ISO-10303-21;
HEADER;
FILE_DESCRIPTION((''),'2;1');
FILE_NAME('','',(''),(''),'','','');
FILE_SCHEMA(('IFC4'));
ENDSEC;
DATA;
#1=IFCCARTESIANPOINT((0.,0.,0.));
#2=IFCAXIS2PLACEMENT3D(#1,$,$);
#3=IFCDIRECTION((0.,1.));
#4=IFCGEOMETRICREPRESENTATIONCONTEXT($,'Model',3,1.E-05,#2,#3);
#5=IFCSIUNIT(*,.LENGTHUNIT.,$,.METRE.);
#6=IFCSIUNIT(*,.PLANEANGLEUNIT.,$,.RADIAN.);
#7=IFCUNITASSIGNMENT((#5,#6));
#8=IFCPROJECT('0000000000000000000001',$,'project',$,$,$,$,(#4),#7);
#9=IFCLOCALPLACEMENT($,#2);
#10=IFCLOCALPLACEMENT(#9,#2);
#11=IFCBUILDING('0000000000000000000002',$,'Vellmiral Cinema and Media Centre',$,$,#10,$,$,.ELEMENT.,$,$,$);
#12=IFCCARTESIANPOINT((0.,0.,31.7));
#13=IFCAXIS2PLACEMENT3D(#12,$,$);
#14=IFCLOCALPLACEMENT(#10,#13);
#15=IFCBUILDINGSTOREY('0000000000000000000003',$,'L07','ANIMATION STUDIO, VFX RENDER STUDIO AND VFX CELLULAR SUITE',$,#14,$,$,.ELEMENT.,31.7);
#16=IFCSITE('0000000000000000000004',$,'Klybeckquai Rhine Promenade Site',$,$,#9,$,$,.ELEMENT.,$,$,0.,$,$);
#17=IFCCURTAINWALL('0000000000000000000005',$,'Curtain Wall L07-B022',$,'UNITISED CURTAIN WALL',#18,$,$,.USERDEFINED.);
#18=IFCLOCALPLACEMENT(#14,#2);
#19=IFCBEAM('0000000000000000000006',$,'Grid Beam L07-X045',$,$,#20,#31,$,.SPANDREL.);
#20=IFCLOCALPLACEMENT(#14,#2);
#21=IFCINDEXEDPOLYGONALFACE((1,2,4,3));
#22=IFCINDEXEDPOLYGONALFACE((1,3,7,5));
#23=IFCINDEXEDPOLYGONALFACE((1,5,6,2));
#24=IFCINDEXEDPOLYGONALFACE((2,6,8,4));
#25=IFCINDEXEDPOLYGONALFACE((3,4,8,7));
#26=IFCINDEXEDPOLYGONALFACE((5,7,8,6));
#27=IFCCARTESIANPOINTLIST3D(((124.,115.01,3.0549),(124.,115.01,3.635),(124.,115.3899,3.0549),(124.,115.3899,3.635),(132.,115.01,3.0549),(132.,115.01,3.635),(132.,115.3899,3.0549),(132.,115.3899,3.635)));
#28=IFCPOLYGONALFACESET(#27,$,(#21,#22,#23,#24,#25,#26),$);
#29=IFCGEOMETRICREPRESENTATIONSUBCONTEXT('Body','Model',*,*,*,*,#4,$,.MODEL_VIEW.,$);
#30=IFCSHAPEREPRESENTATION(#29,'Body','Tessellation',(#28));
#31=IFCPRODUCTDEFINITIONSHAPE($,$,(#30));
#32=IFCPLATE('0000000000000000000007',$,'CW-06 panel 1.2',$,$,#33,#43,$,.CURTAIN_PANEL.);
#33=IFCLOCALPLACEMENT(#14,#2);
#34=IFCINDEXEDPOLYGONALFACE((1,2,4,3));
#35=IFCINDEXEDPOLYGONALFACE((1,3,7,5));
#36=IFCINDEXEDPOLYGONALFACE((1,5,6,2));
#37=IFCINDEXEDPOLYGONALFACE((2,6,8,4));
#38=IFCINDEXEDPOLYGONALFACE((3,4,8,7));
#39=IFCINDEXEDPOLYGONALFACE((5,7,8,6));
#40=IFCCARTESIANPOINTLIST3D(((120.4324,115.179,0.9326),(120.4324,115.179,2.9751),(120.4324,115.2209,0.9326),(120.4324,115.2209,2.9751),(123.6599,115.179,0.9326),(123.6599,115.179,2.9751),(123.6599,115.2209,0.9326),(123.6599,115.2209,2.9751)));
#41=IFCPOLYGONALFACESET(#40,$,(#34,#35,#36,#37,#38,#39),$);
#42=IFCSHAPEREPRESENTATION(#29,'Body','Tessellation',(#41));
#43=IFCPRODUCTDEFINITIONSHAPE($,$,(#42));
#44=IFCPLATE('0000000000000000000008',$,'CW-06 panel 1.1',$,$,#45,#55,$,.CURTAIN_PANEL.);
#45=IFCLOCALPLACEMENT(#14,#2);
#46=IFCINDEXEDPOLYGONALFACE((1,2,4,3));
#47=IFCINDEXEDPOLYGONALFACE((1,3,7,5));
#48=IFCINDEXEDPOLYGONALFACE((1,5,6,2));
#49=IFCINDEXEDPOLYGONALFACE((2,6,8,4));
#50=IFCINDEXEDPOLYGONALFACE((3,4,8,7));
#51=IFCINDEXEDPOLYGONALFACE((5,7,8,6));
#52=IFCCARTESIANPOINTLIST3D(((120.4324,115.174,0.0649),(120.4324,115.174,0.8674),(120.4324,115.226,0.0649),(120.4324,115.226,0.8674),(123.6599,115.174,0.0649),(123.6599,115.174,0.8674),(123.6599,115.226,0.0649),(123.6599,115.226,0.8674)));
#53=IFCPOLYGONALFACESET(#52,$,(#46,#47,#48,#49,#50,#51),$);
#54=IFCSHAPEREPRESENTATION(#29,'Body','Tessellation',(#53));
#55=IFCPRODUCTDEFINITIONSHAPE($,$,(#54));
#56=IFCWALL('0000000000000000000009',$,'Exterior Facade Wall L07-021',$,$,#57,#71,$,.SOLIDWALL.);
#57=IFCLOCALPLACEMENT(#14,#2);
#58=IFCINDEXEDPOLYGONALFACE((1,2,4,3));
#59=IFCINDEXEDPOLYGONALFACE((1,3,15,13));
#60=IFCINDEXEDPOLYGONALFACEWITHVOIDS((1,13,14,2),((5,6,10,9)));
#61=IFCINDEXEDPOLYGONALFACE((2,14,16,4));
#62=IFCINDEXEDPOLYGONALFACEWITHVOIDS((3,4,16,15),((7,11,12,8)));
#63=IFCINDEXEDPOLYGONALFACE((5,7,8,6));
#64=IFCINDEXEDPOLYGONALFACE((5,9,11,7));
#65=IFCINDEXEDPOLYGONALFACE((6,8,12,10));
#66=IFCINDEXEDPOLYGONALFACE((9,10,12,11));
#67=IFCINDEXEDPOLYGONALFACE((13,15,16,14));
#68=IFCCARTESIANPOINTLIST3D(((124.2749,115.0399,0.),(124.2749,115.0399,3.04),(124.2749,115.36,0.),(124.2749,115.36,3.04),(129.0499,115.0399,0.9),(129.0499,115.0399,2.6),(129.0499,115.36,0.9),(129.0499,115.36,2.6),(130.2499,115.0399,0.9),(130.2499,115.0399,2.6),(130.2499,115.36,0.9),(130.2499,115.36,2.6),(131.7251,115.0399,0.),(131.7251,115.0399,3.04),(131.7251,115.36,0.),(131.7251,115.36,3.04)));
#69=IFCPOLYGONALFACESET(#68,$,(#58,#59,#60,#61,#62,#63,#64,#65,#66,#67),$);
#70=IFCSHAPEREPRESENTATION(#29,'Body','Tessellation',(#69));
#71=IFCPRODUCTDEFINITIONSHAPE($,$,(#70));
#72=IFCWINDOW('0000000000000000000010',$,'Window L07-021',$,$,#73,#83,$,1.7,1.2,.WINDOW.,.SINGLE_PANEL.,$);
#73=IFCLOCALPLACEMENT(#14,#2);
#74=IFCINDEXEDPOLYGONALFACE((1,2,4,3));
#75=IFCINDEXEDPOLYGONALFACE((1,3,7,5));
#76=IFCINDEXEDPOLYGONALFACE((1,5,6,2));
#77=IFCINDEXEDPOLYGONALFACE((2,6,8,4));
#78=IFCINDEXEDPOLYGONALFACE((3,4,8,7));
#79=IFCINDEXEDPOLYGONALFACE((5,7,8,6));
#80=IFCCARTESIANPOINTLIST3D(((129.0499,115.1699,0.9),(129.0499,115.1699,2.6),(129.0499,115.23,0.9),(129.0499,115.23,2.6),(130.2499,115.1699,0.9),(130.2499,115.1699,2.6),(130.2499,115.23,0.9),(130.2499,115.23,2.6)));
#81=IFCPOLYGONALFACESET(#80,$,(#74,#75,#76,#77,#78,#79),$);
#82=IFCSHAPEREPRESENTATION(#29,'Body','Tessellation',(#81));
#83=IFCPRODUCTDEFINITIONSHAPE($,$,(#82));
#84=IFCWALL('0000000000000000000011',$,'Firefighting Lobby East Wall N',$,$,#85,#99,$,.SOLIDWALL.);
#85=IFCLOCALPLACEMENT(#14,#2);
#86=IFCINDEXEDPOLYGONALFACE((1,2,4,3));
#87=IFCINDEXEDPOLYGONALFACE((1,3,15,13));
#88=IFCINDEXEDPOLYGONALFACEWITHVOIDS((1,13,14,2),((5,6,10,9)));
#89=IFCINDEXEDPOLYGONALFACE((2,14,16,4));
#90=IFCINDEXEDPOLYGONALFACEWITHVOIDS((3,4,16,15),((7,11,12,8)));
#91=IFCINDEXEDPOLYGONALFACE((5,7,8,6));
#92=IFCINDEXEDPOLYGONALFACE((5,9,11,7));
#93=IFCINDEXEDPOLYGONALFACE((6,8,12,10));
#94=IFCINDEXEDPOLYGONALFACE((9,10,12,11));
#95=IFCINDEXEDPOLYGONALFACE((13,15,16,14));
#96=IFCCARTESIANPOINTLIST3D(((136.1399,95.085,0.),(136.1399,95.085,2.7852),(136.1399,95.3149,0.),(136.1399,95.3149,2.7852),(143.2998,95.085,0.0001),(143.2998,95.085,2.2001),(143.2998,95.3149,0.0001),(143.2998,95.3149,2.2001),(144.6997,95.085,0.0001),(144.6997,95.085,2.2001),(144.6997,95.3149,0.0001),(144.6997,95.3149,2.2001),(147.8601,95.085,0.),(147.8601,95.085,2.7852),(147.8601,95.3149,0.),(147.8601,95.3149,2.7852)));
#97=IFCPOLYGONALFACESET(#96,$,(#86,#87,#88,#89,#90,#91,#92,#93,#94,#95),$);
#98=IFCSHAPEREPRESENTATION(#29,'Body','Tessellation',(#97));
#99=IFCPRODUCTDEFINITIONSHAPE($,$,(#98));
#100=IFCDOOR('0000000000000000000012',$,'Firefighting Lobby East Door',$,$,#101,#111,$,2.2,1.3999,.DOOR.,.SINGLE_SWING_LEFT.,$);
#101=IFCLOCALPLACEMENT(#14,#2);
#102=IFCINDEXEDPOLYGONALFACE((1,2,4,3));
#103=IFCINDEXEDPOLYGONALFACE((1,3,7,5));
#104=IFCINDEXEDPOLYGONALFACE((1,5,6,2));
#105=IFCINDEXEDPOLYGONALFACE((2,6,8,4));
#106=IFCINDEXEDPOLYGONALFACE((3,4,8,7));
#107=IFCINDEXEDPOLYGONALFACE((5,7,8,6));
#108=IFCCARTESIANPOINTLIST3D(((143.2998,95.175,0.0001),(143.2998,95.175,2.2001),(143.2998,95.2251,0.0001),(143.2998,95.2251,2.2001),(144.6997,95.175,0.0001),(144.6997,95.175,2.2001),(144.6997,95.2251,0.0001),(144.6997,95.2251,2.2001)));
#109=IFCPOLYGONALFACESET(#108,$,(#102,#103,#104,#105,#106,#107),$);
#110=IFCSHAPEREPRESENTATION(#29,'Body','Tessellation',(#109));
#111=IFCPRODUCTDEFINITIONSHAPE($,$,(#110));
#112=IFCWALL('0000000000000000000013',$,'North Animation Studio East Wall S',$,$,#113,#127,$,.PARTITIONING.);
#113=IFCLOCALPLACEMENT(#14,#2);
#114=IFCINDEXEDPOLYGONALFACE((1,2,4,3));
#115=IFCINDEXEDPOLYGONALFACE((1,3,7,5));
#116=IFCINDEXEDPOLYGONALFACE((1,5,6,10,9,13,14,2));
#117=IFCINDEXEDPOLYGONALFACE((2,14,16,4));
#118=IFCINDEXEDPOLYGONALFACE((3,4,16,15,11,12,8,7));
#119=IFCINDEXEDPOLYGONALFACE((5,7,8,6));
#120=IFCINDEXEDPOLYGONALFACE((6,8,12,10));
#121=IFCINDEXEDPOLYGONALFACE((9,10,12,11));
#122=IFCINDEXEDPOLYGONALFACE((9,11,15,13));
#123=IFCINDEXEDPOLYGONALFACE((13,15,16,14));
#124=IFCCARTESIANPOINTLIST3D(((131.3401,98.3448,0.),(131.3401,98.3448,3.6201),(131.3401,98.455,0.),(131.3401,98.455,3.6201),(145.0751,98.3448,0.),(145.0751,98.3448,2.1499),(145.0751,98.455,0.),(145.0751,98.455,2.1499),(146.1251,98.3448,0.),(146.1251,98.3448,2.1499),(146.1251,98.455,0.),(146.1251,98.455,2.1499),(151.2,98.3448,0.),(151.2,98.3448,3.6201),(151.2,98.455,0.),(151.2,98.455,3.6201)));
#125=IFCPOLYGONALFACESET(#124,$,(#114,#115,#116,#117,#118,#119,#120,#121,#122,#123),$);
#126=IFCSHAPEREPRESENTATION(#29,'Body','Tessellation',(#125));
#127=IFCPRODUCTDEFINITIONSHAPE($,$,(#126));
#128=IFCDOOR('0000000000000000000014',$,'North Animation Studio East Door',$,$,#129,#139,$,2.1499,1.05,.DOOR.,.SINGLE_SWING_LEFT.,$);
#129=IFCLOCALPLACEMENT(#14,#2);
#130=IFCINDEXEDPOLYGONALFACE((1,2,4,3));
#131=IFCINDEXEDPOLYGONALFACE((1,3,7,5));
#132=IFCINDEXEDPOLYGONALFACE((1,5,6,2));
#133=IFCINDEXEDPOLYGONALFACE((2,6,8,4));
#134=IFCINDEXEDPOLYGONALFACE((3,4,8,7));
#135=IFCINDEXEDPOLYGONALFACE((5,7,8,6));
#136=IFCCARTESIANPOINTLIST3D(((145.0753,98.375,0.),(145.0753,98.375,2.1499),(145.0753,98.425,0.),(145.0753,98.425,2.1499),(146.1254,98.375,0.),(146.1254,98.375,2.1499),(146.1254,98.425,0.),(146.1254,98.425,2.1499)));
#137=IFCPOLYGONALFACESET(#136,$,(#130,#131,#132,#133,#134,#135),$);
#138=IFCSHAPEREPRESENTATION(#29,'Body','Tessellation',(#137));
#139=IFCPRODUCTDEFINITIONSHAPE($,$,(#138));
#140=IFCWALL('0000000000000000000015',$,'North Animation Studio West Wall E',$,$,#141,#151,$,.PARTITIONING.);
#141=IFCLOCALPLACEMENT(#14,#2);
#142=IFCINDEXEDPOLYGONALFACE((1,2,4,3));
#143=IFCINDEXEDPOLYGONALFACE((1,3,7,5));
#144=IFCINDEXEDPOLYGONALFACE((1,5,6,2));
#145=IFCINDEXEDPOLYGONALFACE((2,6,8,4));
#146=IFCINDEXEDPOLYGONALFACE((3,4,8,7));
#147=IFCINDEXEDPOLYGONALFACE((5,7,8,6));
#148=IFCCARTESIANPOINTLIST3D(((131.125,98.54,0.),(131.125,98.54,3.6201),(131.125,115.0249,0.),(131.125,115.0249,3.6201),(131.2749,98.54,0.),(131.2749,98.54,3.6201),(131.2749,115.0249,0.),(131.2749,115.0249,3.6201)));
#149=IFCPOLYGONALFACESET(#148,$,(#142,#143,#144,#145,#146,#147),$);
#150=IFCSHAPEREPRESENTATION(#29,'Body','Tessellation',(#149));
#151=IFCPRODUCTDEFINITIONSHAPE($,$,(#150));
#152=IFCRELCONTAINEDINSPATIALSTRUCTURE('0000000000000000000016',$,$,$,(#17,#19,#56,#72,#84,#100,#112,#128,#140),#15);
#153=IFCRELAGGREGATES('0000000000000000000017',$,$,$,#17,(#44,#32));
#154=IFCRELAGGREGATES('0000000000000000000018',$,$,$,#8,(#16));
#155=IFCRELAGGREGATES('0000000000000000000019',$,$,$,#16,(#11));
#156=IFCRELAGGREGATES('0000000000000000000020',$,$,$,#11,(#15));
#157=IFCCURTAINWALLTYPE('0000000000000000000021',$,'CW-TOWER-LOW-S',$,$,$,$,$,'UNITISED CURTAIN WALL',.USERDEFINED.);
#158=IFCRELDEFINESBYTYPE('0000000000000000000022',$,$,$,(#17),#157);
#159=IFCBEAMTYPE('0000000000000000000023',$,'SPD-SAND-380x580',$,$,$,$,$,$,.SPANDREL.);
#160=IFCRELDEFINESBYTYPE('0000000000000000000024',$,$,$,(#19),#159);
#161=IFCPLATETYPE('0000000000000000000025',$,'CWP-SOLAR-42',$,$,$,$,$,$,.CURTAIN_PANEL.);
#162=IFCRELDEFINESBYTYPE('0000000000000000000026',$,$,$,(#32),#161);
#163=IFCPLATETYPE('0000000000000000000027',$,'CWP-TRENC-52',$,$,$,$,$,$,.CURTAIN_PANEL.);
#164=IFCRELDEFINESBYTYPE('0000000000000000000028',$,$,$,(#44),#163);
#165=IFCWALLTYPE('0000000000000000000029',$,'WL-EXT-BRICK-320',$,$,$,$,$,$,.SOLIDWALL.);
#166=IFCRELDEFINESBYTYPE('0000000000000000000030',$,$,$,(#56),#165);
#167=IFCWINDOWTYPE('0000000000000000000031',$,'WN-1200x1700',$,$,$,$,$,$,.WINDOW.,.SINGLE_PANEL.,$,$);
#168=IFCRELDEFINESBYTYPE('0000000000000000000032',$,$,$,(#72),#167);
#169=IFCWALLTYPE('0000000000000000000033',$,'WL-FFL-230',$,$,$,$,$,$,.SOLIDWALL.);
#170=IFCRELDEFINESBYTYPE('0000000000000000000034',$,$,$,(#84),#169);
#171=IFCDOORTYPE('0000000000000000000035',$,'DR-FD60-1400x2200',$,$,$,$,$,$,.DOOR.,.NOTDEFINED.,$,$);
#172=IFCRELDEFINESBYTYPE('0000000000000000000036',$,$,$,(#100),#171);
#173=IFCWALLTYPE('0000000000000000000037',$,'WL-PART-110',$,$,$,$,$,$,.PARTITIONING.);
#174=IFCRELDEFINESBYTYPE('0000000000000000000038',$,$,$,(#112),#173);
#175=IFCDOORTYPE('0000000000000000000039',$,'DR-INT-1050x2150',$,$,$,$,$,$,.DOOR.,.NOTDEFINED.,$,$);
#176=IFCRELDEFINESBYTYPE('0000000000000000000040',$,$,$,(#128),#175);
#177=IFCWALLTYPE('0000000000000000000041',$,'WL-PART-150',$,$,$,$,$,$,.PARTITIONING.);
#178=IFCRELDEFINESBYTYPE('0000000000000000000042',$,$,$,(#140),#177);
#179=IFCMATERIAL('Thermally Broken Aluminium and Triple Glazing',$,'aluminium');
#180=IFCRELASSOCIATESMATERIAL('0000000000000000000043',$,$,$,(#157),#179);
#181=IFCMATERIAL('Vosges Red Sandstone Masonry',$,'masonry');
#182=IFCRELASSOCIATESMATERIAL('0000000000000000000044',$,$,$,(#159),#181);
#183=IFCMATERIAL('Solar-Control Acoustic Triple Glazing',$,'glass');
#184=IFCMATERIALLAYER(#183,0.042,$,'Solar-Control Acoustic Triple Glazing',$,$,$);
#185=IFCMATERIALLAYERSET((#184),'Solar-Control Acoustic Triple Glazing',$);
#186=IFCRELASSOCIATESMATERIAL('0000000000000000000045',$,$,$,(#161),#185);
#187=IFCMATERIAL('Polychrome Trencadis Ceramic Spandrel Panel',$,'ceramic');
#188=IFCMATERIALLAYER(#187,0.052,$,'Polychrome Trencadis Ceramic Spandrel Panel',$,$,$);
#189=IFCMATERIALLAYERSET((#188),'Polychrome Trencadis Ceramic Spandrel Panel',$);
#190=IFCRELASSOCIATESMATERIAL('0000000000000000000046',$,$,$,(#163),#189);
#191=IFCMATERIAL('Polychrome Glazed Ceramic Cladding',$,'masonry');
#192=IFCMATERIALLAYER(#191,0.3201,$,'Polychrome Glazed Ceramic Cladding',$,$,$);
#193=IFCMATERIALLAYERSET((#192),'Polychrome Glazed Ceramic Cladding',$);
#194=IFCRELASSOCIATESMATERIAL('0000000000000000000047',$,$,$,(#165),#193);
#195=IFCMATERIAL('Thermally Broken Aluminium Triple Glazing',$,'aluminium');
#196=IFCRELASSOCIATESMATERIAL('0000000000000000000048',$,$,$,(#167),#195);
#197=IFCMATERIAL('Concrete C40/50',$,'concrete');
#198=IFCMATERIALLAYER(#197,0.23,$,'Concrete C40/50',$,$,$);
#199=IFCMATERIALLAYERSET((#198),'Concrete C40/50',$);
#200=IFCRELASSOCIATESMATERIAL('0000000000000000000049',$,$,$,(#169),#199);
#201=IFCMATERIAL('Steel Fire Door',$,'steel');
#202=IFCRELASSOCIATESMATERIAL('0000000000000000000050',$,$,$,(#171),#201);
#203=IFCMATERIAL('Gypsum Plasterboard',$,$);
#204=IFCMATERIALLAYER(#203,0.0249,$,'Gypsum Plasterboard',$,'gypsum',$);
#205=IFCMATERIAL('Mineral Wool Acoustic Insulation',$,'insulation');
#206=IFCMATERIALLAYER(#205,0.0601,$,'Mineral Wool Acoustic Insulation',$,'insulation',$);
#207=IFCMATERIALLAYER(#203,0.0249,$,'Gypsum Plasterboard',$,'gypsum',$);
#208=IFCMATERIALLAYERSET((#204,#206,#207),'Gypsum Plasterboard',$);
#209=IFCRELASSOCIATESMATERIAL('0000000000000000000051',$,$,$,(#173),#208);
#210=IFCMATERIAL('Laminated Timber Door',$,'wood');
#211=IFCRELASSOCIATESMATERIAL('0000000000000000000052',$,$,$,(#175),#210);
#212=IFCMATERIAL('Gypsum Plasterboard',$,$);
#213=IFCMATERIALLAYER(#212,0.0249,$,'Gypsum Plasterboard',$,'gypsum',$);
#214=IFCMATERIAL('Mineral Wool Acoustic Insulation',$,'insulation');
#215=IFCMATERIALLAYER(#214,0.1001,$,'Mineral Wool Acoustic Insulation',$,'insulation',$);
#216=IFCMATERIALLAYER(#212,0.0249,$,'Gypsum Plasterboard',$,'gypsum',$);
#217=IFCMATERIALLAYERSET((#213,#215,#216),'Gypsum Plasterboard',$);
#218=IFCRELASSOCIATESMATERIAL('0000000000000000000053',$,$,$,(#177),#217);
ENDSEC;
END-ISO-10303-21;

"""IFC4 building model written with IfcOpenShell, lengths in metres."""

from ifc_helpers import new_model, si_unit, direction, frame, frame_2d, origin, origin_2d, place, context, subcontext, project, spatial, rectangle, extrude, material, layer, layer_set, material_profile, profile_set, type_object, element, fill, aggregate, save


model = new_model("IFC4")

# Units and contexts
model_context = context("Model", 3, precision=1e-05, world=origin(), true_north=direction((0.0, 1.0)))
body_context = subcontext(model_context, "Body", "Model", "MODEL_VIEW")
ifc_project = project(units=[si_unit("LENGTHUNIT", "METRE"), si_unit("PLANEANGLEUNIT", "RADIAN")], contexts=[model_context])

# Site, building, storey
site_placement = place(None, origin())
site = spatial("IfcSite", under=ifc_project, at=site_placement, Name="Klybeckquai Rhine Promenade Site", CompositionType="ELEMENT", RefElevation=0.0)
building_placement = place(site_placement, origin())
building = spatial("IfcBuilding", under=site, at=building_placement, Name="Vellmiral Cinema and Media Centre", CompositionType="ELEMENT")
storey_placement = place(building_placement, frame((0.0, 0.0, 31.7)))
storey = spatial("IfcBuildingStorey", under=building, at=storey_placement, Name="L07", Description="ANIMATION STUDIO, VFX RENDER STUDIO AND VFX CELLULAR SUITE", CompositionType="ELEMENT", Elevation=31.7)

# Curtain wall
ifc_material_1 = material(Name="Thermally Broken Aluminium and Triple Glazing", Category="aluminium")
curtain_wall_type = type_object("IfcCurtainWallType", Name="CW-TOWER-LOW-S", ElementType="UNITISED CURTAIN WALL", PredefinedType="USERDEFINED", material=ifc_material_1)
curtain_wall_placement = place(storey_placement, origin())
curtain_wall = element("IfcCurtainWall", 1, at=curtain_wall_placement, inside=storey, type_object=curtain_wall_type, Name="Curtain Wall L07-B022", ObjectType="UNITISED CURTAIN WALL", PredefinedType="USERDEFINED")

# Beam
ifc_material_2 = material(Name="Vosges Red Sandstone Masonry", Category="masonry")
ifc_material_profile_1 = material_profile(ifc_material_2, rectangle(XDim=0.3799, YDim=0.5801, at=origin_2d()), Name="SAND 380x580")
ifc_profile_set_1 = profile_set([ifc_material_profile_1], Name="Vosges Red Sandstone Masonry")
beam_type_1 = type_object("IfcBeamType", Name="SPD-SAND-380x580", PredefinedType="SPANDREL", material=ifc_profile_set_1)
beam_1_placement = place(storey_placement, frame((124.0, 115.2, 3.345), z_axis=(1.0, 0.0, 0.0), x_axis=(0.0, 1.0, 0.0)))
element("IfcBeam", 2, at=beam_1_placement, inside=storey, type_object=beam_type_1, Name="Grid Beam L07-X045", PredefinedType="SPANDREL", context=body_context, shape_type="SweptSolid", body=[
    extrude(rectangle(XDim=0.3799, YDim=0.5801, at=origin_2d()), origin(), (0.0, 0.0, 1.0), 8.0),
])

# Plates
ifc_material_3 = material(Name="Solar-Control Acoustic Triple Glazing", Category="glass")
ifc_layer_1 = layer(ifc_material_3, 0.042, Name="Solar-Control Acoustic Triple Glazing")
ifc_layer_set_1 = layer_set([ifc_layer_1], Name="Solar-Control Acoustic Triple Glazing")
plate_type_1 = type_object("IfcPlateType", Name="CWP-SOLAR-42", PredefinedType="CURTAIN_PANEL", material=ifc_layer_set_1)
plate_1_placement = place(storey_placement, frame((122.0461, 115.2, 0.9326), z_axis=(0.0, 0.0, 1.0), x_axis=(-1.0, 0.0, 0.0)))
plate_1 = element("IfcPlate", 3, at=plate_1_placement, type_object=plate_type_1, Name="CW-06 panel 1.2", PredefinedType="CURTAIN_PANEL", context=body_context, shape_type="SweptSolid", body=[
    extrude(rectangle(XDim=3.2275, YDim=0.042, at=origin_2d()), origin(), (0.0, 0.0, 1.0), 2.0425),
])
ifc_material_4 = material(Name="Polychrome Trencadis Ceramic Spandrel Panel", Category="ceramic")
ifc_layer_2 = layer(ifc_material_4, 0.052, Name="Polychrome Trencadis Ceramic Spandrel Panel")
ifc_layer_set_2 = layer_set([ifc_layer_2], Name="Polychrome Trencadis Ceramic Spandrel Panel")
plate_type_2 = type_object("IfcPlateType", Name="CWP-TRENC-52", PredefinedType="CURTAIN_PANEL", material=ifc_layer_set_2)
plate_2_placement = place(storey_placement, frame((122.0461, 115.2, 0.0649), z_axis=(0.0, 0.0, 1.0), x_axis=(-1.0, 0.0, 0.0)))
plate_2 = element("IfcPlate", 4, at=plate_2_placement, type_object=plate_type_2, Name="CW-06 panel 1.1", PredefinedType="CURTAIN_PANEL", context=body_context, shape_type="SweptSolid", body=[
    extrude(rectangle(XDim=3.2275, YDim=0.052, at=origin_2d()), origin(), (0.0, 0.0, 1.0), 0.8025),
])
aggregate(curtain_wall, [plate_2, plate_1])

# Wall, opening, window
ifc_material_5 = material(Name="Polychrome Glazed Ceramic Cladding", Category="masonry")
ifc_layer_3 = layer(ifc_material_5, 0.3201, Name="Polychrome Glazed Ceramic Cladding")
ifc_layer_set_3 = layer_set([ifc_layer_3], Name="Polychrome Glazed Ceramic Cladding")
wall_type_1 = type_object("IfcWallType", Name="WL-EXT-BRICK-320", PredefinedType="SOLIDWALL", material=ifc_layer_set_3)
wall_1_placement = place(storey_placement, frame((131.7251, 115.2, 0.0), z_axis=(0.0, 0.0, 1.0), x_axis=(-1.0, 0.0, 0.0)))
wall_1 = element("IfcWall", 5, at=wall_1_placement, inside=storey, type_object=wall_type_1, Name="Exterior Facade Wall L07-021", PredefinedType="SOLIDWALL", context=body_context, shape_type="SweptSolid", body=[
    extrude(rectangle(XDim=7.4502, YDim=0.3201, at=frame_2d((3.7251, 0.0))), origin(), (0.0, 0.0, 1.0), 3.04),
])
opening_1_placement = place(wall_1_placement, frame((1.4751, 0.0, 0.8999)))
opening_1 = element("IfcOpeningElement", 6, at=opening_1_placement, cuts=wall_1, PredefinedType="OPENING", context=body_context, shape_type="SweptSolid", body=[
    extrude(rectangle(XDim=1.2, YDim=1.7, at=frame_2d((0.6001, 0.8501))), frame((0.0, 0.1719, 0.0), z_axis=(0.0, -1.0, 0.0), x_axis=(1.0, 0.0, 0.0)), (0.0, 0.0, 1.0), 0.344),
])
ifc_material_6 = material(Name="Thermally Broken Aluminium Triple Glazing", Category="aluminium")
window_type = type_object("IfcWindowType", Name="WN-1200x1700", PartitioningType="SINGLE_PANEL", PredefinedType="WINDOW", material=ifc_material_6)
window_placement = place(opening_1_placement, origin())
window = element("IfcWindow", 7, at=window_placement, inside=storey, type_object=window_type, Name="Window L07-021", OverallHeight=1.7, OverallWidth=1.2, PartitioningType="SINGLE_PANEL", PredefinedType="WINDOW", context=body_context, shape_type="SweptSolid", body=[
    extrude(rectangle(XDim=1.2, YDim=1.7, at=frame_2d((0.6001, 0.8501))), frame((0.0, 0.03, 0.0), z_axis=(0.0, -1.0, 0.0), x_axis=(1.0, 0.0, 0.0)), (0.0, 0.0, 1.0), 0.0601),
])
fill(opening_1, window)

# Walls, openings, doors
ifc_material_7 = material(Name="Concrete C40/50", Category="concrete")
ifc_layer_4 = layer(ifc_material_7, 0.23, Name="Concrete C40/50")
ifc_layer_set_4 = layer_set([ifc_layer_4], Name="Concrete C40/50")
wall_type_2 = type_object("IfcWallType", Name="WL-FFL-230", PredefinedType="SOLIDWALL", material=ifc_layer_set_4)
wall_2_placement = place(storey_placement, frame((136.1399, 95.2, 0.0), z_axis=(0.0, 0.0, 1.0), x_axis=(1.0, 0.0, 0.0)))
wall_2 = element("IfcWall", 8, at=wall_2_placement, inside=storey, type_object=wall_type_2, Name="Firefighting Lobby East Wall N", PredefinedType="SOLIDWALL", context=body_context, shape_type="SweptSolid", body=[
    extrude(rectangle(XDim=11.7202, YDim=0.23, at=frame_2d((5.8601, 0.0))), origin(), (0.0, 0.0, 1.0), 2.7852),
])
opening_2_placement = place(wall_2_placement, frame((7.1599, 0.0, 0.0)))
opening_2 = element("IfcOpeningElement", 9, at=opening_2_placement, cuts=wall_2, PredefinedType="OPENING", context=body_context, shape_type="SweptSolid", body=[
    extrude(rectangle(XDim=1.3999, YDim=2.2, at=frame_2d((0.7, 1.1001))), frame((0.0, 0.127, 0.0), z_axis=(0.0, -1.0, 0.0), x_axis=(1.0, 0.0, 0.0)), (0.0, 0.0, 1.0), 0.2539),
])
ifc_material_8 = material(Name="Steel Fire Door", Category="steel")
door_type_1 = type_object("IfcDoorType", Name="DR-FD60-1400x2200", OperationType="NOTDEFINED", PredefinedType="DOOR", material=ifc_material_8)
door_1_placement = place(opening_2_placement, frame((1.3999, 0.0, 0.0), z_axis=(0.0, 0.0, 1.0), x_axis=(-1.0, 0.0, 0.0)))
door_1 = element("IfcDoor", 10, at=door_1_placement, inside=storey, type_object=door_type_1, Name="Firefighting Lobby East Door", OperationType="SINGLE_SWING_LEFT", OverallHeight=2.2, OverallWidth=1.3999, PredefinedType="DOOR", context=body_context, shape_type="SweptSolid", body=[
    extrude(rectangle(XDim=1.3999, YDim=2.2, at=frame_2d((0.7, 1.1001))), frame((0.0, 0.0249, 0.0), z_axis=(0.0, -1.0, 0.0), x_axis=(1.0, 0.0, 0.0)), (0.0, 0.0, 1.0), 0.05),
])
fill(opening_2, door_1)
ifc_material_9 = material(Name="Gypsum Plasterboard")
ifc_layer_5 = layer(ifc_material_9, 0.0249, Name="Gypsum Plasterboard", Category="gypsum")
ifc_material_10 = material(Name="Mineral Wool Acoustic Insulation", Category="insulation")
ifc_layer_6 = layer(ifc_material_10, 0.0601, Name="Mineral Wool Acoustic Insulation", Category="insulation")
ifc_layer_7 = layer(ifc_material_9, 0.0249, Name="Gypsum Plasterboard", Category="gypsum")
ifc_layer_set_5 = layer_set([ifc_layer_5, ifc_layer_6, ifc_layer_7], Name="Gypsum Plasterboard")
wall_type_3 = type_object("IfcWallType", Name="WL-PART-110", PredefinedType="PARTITIONING", material=ifc_layer_set_5)
wall_3_placement = place(storey_placement, frame((131.3401, 98.3999, 0.0), z_axis=(0.0, 0.0, 1.0), x_axis=(1.0, 0.0, 0.0)))
wall_3 = element("IfcWall", 11, at=wall_3_placement, inside=storey, type_object=wall_type_3, Name="North Animation Studio East Wall S", PredefinedType="PARTITIONING", context=body_context, shape_type="SweptSolid", body=[
    extrude(rectangle(XDim=19.8599, YDim=0.1101, at=frame_2d((9.9299, 0.0))), origin(), (0.0, 0.0, 1.0), 3.6201),
])
opening_3_placement = place(wall_3_placement, frame((13.7351, 0.0, 0.0)))
opening_3 = element("IfcOpeningElement", 12, at=opening_3_placement, cuts=wall_3, PredefinedType="OPENING", context=body_context, shape_type="SweptSolid", body=[
    extrude(rectangle(XDim=1.05, YDim=2.1499, at=frame_2d((0.5249, 1.075))), frame((0.0, 0.0669, 0.0), z_axis=(0.0, -1.0, 0.0), x_axis=(1.0, 0.0, 0.0)), (0.0, 0.0, 1.0), 0.134),
])
ifc_material_11 = material(Name="Laminated Timber Door", Category="wood")
door_type_2 = type_object("IfcDoorType", Name="DR-INT-1050x2150", OperationType="NOTDEFINED", PredefinedType="DOOR", material=ifc_material_11)
door_2_placement = place(opening_3_placement, frame((1.05, 0.0, 0.0), z_axis=(0.0, 0.0, 1.0), x_axis=(-1.0, 0.0, 0.0)))
door_2 = element("IfcDoor", 13, at=door_2_placement, inside=storey, type_object=door_type_2, Name="North Animation Studio East Door", OperationType="SINGLE_SWING_LEFT", OverallHeight=2.1499, OverallWidth=1.05, PredefinedType="DOOR", context=body_context, shape_type="SweptSolid", body=[
    extrude(rectangle(XDim=1.05, YDim=2.1499, at=frame_2d((0.5249, 1.075))), frame((0.0, 0.0249, 0.0), z_axis=(0.0, -1.0, 0.0), x_axis=(1.0, 0.0, 0.0)), (0.0, 0.0, 1.0), 0.05),
])
fill(opening_3, door_2)

# Wall
ifc_material_12 = material(Name="Gypsum Plasterboard")
ifc_layer_8 = layer(ifc_material_12, 0.0249, Name="Gypsum Plasterboard", Category="gypsum")
ifc_material_13 = material(Name="Mineral Wool Acoustic Insulation", Category="insulation")
ifc_layer_9 = layer(ifc_material_13, 0.1001, Name="Mineral Wool Acoustic Insulation", Category="insulation")
ifc_layer_10 = layer(ifc_material_12, 0.0249, Name="Gypsum Plasterboard", Category="gypsum")
ifc_layer_set_6 = layer_set([ifc_layer_8, ifc_layer_9, ifc_layer_10], Name="Gypsum Plasterboard")
wall_type_4 = type_object("IfcWallType", Name="WL-PART-150", PredefinedType="PARTITIONING", material=ifc_layer_set_6)
wall_4_placement = place(storey_placement, frame((131.2, 98.54, 0.0), z_axis=(0.0, 0.0, 1.0), x_axis=(0.0, 1.0, 0.0)))
element("IfcWall", 14, at=wall_4_placement, inside=storey, type_object=wall_type_4, Name="North Animation Studio West Wall E", PredefinedType="PARTITIONING", context=body_context, shape_type="SweptSolid", body=[
    extrude(rectangle(XDim=16.4849, YDim=0.1499, at=frame_2d((8.2424, 0.0))), origin(), (0.0, 0.0, 1.0), 3.6201),
])

save(model, "model.ifc")
